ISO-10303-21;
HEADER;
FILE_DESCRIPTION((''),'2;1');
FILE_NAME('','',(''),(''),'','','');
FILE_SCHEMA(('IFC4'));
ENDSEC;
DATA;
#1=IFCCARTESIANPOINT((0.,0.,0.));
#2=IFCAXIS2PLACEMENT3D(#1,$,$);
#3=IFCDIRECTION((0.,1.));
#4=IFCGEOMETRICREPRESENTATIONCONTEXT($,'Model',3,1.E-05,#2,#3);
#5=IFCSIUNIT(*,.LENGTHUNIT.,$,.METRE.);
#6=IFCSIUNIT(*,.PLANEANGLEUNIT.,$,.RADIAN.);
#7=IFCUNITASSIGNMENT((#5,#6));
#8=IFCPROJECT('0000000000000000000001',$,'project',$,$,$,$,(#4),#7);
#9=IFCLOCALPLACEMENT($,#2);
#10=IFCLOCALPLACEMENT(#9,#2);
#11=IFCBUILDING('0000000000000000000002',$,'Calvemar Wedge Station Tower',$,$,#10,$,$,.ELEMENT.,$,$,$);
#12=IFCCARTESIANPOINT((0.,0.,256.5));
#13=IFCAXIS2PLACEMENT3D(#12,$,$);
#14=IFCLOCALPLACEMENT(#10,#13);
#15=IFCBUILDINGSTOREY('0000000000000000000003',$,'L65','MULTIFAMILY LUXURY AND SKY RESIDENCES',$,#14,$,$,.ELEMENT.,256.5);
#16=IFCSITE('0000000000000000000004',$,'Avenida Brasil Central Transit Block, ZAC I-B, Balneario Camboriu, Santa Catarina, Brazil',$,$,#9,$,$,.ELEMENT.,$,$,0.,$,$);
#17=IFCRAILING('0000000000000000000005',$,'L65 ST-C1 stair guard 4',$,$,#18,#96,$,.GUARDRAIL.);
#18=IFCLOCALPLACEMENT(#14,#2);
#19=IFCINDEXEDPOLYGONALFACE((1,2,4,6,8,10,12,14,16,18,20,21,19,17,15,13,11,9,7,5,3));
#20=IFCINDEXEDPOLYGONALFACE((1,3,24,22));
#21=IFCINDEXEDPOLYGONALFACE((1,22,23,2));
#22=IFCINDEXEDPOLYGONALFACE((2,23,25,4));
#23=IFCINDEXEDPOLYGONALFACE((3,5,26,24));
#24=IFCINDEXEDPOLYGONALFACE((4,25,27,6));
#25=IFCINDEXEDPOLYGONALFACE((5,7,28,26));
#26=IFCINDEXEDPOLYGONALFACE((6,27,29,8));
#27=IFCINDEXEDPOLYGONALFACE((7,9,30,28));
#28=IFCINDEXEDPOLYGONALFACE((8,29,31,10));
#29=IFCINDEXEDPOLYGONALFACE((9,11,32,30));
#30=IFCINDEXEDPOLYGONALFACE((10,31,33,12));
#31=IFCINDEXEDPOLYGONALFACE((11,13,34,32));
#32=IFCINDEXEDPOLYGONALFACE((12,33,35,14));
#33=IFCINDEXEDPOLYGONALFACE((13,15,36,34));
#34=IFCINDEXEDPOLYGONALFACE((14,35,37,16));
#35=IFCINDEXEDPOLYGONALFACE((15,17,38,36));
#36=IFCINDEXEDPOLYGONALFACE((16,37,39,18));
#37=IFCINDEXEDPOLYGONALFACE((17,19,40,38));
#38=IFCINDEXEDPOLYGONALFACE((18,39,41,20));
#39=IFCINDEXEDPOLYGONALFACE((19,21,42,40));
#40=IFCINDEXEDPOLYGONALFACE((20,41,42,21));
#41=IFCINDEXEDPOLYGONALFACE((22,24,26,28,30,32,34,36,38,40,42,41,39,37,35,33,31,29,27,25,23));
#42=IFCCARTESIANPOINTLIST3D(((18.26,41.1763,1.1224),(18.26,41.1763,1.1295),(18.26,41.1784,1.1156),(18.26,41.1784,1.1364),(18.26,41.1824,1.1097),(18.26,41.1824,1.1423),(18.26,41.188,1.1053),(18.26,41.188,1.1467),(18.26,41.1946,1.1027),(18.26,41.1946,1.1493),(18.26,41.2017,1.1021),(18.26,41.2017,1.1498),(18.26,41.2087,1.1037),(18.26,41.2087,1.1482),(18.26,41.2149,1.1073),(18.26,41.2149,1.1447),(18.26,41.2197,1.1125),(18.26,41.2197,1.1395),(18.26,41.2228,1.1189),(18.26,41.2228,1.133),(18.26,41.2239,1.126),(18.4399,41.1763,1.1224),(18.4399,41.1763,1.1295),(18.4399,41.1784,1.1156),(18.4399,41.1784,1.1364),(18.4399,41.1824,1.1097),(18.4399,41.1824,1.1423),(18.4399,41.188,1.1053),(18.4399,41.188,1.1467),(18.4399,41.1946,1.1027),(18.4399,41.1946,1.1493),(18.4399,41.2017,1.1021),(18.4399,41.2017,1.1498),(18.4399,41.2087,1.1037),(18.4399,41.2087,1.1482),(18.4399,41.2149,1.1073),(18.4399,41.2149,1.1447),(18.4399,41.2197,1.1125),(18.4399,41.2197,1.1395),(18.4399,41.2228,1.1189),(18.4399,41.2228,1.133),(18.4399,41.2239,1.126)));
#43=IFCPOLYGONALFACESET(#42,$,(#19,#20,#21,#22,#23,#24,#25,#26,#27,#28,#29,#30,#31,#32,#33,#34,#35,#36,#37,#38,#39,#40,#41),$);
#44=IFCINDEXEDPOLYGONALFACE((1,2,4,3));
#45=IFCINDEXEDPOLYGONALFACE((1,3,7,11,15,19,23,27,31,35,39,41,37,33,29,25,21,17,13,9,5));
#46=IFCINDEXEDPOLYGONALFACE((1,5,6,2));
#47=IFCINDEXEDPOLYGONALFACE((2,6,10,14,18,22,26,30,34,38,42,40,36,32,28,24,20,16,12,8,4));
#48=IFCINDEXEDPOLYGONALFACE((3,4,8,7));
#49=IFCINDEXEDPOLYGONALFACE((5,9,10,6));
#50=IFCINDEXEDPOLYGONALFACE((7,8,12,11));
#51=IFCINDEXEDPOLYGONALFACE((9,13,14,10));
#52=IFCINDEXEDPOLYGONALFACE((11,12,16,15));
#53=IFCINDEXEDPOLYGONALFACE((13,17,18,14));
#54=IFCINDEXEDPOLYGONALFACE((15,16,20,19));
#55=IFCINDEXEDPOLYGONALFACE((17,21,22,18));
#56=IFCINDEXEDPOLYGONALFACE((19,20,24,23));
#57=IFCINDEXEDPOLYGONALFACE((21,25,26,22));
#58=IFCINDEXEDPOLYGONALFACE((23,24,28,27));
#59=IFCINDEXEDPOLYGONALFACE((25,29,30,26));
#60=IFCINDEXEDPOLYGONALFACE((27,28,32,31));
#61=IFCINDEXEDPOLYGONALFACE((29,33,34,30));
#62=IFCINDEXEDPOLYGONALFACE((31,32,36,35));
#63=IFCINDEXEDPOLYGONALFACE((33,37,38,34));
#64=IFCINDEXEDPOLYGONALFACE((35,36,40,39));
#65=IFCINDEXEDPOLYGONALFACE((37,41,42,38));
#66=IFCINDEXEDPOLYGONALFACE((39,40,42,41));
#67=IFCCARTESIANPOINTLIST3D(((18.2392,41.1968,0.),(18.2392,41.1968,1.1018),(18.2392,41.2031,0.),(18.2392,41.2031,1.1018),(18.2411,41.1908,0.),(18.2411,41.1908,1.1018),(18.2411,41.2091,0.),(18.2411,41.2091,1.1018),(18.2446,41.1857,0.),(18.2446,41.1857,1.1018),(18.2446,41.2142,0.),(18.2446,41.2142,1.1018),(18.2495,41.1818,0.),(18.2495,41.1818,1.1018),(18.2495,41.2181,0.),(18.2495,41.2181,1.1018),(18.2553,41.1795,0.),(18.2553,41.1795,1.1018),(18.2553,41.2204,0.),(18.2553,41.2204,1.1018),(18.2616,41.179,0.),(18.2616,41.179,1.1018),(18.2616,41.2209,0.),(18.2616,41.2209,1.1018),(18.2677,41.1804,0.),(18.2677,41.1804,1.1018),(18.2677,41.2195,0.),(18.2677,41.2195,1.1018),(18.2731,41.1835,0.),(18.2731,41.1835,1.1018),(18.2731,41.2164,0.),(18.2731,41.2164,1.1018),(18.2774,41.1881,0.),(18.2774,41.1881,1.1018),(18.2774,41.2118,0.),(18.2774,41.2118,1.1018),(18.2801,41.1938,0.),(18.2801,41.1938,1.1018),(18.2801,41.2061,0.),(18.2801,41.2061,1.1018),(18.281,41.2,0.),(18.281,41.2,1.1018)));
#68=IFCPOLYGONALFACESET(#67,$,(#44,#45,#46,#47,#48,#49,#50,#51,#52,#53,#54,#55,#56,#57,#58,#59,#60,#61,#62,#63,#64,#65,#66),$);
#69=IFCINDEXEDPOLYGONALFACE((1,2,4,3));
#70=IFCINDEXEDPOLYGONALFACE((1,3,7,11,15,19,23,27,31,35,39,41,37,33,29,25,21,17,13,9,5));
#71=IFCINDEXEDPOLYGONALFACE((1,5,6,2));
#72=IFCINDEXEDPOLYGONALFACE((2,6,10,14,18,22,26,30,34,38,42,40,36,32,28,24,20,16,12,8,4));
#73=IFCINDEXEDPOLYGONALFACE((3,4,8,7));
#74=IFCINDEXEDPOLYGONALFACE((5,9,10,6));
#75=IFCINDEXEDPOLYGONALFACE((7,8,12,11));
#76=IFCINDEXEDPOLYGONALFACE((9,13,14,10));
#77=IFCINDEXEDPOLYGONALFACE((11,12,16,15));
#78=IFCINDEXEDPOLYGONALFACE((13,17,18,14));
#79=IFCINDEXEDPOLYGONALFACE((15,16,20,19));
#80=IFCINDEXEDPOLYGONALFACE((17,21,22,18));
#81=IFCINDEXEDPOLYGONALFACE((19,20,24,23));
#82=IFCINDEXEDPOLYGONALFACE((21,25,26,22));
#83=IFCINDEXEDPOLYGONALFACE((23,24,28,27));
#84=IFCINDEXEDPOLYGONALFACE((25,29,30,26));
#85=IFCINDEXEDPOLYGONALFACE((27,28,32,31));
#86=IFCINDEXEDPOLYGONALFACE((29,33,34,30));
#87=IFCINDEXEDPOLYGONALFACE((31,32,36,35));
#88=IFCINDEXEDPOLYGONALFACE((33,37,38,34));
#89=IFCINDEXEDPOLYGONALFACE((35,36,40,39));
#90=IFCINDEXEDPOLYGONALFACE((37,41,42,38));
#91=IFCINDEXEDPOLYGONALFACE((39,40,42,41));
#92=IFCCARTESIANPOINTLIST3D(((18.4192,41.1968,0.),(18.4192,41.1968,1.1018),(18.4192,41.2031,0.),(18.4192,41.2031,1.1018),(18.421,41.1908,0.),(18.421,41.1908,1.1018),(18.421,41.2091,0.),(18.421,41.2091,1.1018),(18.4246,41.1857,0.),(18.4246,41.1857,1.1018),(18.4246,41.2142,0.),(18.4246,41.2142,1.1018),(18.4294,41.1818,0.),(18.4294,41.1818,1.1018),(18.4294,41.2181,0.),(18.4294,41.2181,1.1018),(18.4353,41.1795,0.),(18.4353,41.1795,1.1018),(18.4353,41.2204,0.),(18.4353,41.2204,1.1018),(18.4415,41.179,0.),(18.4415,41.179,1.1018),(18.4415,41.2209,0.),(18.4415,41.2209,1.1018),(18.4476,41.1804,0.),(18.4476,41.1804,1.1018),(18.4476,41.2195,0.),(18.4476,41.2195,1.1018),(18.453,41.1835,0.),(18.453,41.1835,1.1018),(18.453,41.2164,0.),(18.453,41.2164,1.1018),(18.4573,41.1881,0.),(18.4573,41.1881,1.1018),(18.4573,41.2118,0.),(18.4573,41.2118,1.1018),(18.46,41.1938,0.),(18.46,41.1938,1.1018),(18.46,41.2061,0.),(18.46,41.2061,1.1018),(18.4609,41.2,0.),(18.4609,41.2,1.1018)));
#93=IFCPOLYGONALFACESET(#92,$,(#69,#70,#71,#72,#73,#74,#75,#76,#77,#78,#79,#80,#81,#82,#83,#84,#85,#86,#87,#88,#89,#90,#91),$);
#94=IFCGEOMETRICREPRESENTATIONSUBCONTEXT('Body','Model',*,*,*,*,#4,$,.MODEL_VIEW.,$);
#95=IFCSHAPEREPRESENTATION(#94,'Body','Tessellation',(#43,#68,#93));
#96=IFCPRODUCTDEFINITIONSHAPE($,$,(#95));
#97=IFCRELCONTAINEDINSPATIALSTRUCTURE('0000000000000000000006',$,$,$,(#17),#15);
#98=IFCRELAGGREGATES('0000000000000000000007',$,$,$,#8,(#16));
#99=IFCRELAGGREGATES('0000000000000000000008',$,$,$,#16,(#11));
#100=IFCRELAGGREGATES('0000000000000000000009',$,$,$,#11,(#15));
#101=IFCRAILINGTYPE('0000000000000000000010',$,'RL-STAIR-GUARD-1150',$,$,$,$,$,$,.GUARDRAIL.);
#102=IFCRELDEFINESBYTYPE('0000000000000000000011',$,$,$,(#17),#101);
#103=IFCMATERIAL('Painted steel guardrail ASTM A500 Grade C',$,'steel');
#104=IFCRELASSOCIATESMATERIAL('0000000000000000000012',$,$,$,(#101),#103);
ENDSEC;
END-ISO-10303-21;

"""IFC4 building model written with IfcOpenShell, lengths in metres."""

from ifc_helpers import new_model, si_unit, direction, frame, origin, origin_2d, place, context, subcontext, project, spatial, circle, extrude, material, type_object, element, save


model = new_model("IFC4")

# Units and contexts
model_context = context("Model", 3, precision=1e-05, world=origin(), true_north=direction((0.0, 1.0)))
body_context = subcontext(model_context, "Body", "Model", "MODEL_VIEW")
ifc_project = project(units=[si_unit("LENGTHUNIT", "METRE"), si_unit("PLANEANGLEUNIT", "RADIAN")], contexts=[model_context])

# Site, building, storey
site_placement = place(None, origin())
site = spatial("IfcSite", under=ifc_project, at=site_placement, Name="Avenida Brasil Central Transit Block, ZAC I-B, Balneario Camboriu, Santa Catarina, Brazil", CompositionType="ELEMENT", RefElevation=0.0)
building_placement = place(site_placement, origin())
building = spatial("IfcBuilding", under=site, at=building_placement, Name="Calvemar Wedge Station Tower", CompositionType="ELEMENT")
storey_placement = place(building_placement, frame((0.0, 0.0, 256.5)))
storey = spatial("IfcBuildingStorey", under=building, at=storey_placement, Name="L65", Description="MULTIFAMILY LUXURY AND SKY RESIDENCES", CompositionType="ELEMENT", Elevation=256.5)

# Railing
ifc_material_1 = material(Name="Painted steel guardrail ASTM A500 Grade C", Category="steel")
railing_type_1 = type_object("IfcRailingType", Name="RL-STAIR-GUARD-1150", PredefinedType="GUARDRAIL", material=ifc_material_1)
railing_1_placement = place(storey_placement, frame((18.26, 41.2, 0.0)))
element("IfcRailing", 1, at=railing_1_placement, inside=storey, type_object=railing_type_1, Name="L65 ST-C1 stair guard 4", PredefinedType="GUARDRAIL", context=body_context, shape_type="SweptSolid", body=[
    extrude(circle(Radius=0.0239, at=origin_2d()), frame((0.0, 0.0, 1.126), z_axis=(1.0, 0.0, 0.0), x_axis=(0.0, 1.0, 0.0)), (0.0, 0.0, 1.0), 0.1799),
    extrude(circle(Radius=0.021, at=origin_2d()), origin(), (0.0, 0.0, 1.0), 1.1018),
    extrude(circle(Radius=0.021, at=origin_2d()), frame((0.1799, 0.0, 0.0)), (0.0, 0.0, 1.0), 1.1018),
])

save(model, "model.ifc")
